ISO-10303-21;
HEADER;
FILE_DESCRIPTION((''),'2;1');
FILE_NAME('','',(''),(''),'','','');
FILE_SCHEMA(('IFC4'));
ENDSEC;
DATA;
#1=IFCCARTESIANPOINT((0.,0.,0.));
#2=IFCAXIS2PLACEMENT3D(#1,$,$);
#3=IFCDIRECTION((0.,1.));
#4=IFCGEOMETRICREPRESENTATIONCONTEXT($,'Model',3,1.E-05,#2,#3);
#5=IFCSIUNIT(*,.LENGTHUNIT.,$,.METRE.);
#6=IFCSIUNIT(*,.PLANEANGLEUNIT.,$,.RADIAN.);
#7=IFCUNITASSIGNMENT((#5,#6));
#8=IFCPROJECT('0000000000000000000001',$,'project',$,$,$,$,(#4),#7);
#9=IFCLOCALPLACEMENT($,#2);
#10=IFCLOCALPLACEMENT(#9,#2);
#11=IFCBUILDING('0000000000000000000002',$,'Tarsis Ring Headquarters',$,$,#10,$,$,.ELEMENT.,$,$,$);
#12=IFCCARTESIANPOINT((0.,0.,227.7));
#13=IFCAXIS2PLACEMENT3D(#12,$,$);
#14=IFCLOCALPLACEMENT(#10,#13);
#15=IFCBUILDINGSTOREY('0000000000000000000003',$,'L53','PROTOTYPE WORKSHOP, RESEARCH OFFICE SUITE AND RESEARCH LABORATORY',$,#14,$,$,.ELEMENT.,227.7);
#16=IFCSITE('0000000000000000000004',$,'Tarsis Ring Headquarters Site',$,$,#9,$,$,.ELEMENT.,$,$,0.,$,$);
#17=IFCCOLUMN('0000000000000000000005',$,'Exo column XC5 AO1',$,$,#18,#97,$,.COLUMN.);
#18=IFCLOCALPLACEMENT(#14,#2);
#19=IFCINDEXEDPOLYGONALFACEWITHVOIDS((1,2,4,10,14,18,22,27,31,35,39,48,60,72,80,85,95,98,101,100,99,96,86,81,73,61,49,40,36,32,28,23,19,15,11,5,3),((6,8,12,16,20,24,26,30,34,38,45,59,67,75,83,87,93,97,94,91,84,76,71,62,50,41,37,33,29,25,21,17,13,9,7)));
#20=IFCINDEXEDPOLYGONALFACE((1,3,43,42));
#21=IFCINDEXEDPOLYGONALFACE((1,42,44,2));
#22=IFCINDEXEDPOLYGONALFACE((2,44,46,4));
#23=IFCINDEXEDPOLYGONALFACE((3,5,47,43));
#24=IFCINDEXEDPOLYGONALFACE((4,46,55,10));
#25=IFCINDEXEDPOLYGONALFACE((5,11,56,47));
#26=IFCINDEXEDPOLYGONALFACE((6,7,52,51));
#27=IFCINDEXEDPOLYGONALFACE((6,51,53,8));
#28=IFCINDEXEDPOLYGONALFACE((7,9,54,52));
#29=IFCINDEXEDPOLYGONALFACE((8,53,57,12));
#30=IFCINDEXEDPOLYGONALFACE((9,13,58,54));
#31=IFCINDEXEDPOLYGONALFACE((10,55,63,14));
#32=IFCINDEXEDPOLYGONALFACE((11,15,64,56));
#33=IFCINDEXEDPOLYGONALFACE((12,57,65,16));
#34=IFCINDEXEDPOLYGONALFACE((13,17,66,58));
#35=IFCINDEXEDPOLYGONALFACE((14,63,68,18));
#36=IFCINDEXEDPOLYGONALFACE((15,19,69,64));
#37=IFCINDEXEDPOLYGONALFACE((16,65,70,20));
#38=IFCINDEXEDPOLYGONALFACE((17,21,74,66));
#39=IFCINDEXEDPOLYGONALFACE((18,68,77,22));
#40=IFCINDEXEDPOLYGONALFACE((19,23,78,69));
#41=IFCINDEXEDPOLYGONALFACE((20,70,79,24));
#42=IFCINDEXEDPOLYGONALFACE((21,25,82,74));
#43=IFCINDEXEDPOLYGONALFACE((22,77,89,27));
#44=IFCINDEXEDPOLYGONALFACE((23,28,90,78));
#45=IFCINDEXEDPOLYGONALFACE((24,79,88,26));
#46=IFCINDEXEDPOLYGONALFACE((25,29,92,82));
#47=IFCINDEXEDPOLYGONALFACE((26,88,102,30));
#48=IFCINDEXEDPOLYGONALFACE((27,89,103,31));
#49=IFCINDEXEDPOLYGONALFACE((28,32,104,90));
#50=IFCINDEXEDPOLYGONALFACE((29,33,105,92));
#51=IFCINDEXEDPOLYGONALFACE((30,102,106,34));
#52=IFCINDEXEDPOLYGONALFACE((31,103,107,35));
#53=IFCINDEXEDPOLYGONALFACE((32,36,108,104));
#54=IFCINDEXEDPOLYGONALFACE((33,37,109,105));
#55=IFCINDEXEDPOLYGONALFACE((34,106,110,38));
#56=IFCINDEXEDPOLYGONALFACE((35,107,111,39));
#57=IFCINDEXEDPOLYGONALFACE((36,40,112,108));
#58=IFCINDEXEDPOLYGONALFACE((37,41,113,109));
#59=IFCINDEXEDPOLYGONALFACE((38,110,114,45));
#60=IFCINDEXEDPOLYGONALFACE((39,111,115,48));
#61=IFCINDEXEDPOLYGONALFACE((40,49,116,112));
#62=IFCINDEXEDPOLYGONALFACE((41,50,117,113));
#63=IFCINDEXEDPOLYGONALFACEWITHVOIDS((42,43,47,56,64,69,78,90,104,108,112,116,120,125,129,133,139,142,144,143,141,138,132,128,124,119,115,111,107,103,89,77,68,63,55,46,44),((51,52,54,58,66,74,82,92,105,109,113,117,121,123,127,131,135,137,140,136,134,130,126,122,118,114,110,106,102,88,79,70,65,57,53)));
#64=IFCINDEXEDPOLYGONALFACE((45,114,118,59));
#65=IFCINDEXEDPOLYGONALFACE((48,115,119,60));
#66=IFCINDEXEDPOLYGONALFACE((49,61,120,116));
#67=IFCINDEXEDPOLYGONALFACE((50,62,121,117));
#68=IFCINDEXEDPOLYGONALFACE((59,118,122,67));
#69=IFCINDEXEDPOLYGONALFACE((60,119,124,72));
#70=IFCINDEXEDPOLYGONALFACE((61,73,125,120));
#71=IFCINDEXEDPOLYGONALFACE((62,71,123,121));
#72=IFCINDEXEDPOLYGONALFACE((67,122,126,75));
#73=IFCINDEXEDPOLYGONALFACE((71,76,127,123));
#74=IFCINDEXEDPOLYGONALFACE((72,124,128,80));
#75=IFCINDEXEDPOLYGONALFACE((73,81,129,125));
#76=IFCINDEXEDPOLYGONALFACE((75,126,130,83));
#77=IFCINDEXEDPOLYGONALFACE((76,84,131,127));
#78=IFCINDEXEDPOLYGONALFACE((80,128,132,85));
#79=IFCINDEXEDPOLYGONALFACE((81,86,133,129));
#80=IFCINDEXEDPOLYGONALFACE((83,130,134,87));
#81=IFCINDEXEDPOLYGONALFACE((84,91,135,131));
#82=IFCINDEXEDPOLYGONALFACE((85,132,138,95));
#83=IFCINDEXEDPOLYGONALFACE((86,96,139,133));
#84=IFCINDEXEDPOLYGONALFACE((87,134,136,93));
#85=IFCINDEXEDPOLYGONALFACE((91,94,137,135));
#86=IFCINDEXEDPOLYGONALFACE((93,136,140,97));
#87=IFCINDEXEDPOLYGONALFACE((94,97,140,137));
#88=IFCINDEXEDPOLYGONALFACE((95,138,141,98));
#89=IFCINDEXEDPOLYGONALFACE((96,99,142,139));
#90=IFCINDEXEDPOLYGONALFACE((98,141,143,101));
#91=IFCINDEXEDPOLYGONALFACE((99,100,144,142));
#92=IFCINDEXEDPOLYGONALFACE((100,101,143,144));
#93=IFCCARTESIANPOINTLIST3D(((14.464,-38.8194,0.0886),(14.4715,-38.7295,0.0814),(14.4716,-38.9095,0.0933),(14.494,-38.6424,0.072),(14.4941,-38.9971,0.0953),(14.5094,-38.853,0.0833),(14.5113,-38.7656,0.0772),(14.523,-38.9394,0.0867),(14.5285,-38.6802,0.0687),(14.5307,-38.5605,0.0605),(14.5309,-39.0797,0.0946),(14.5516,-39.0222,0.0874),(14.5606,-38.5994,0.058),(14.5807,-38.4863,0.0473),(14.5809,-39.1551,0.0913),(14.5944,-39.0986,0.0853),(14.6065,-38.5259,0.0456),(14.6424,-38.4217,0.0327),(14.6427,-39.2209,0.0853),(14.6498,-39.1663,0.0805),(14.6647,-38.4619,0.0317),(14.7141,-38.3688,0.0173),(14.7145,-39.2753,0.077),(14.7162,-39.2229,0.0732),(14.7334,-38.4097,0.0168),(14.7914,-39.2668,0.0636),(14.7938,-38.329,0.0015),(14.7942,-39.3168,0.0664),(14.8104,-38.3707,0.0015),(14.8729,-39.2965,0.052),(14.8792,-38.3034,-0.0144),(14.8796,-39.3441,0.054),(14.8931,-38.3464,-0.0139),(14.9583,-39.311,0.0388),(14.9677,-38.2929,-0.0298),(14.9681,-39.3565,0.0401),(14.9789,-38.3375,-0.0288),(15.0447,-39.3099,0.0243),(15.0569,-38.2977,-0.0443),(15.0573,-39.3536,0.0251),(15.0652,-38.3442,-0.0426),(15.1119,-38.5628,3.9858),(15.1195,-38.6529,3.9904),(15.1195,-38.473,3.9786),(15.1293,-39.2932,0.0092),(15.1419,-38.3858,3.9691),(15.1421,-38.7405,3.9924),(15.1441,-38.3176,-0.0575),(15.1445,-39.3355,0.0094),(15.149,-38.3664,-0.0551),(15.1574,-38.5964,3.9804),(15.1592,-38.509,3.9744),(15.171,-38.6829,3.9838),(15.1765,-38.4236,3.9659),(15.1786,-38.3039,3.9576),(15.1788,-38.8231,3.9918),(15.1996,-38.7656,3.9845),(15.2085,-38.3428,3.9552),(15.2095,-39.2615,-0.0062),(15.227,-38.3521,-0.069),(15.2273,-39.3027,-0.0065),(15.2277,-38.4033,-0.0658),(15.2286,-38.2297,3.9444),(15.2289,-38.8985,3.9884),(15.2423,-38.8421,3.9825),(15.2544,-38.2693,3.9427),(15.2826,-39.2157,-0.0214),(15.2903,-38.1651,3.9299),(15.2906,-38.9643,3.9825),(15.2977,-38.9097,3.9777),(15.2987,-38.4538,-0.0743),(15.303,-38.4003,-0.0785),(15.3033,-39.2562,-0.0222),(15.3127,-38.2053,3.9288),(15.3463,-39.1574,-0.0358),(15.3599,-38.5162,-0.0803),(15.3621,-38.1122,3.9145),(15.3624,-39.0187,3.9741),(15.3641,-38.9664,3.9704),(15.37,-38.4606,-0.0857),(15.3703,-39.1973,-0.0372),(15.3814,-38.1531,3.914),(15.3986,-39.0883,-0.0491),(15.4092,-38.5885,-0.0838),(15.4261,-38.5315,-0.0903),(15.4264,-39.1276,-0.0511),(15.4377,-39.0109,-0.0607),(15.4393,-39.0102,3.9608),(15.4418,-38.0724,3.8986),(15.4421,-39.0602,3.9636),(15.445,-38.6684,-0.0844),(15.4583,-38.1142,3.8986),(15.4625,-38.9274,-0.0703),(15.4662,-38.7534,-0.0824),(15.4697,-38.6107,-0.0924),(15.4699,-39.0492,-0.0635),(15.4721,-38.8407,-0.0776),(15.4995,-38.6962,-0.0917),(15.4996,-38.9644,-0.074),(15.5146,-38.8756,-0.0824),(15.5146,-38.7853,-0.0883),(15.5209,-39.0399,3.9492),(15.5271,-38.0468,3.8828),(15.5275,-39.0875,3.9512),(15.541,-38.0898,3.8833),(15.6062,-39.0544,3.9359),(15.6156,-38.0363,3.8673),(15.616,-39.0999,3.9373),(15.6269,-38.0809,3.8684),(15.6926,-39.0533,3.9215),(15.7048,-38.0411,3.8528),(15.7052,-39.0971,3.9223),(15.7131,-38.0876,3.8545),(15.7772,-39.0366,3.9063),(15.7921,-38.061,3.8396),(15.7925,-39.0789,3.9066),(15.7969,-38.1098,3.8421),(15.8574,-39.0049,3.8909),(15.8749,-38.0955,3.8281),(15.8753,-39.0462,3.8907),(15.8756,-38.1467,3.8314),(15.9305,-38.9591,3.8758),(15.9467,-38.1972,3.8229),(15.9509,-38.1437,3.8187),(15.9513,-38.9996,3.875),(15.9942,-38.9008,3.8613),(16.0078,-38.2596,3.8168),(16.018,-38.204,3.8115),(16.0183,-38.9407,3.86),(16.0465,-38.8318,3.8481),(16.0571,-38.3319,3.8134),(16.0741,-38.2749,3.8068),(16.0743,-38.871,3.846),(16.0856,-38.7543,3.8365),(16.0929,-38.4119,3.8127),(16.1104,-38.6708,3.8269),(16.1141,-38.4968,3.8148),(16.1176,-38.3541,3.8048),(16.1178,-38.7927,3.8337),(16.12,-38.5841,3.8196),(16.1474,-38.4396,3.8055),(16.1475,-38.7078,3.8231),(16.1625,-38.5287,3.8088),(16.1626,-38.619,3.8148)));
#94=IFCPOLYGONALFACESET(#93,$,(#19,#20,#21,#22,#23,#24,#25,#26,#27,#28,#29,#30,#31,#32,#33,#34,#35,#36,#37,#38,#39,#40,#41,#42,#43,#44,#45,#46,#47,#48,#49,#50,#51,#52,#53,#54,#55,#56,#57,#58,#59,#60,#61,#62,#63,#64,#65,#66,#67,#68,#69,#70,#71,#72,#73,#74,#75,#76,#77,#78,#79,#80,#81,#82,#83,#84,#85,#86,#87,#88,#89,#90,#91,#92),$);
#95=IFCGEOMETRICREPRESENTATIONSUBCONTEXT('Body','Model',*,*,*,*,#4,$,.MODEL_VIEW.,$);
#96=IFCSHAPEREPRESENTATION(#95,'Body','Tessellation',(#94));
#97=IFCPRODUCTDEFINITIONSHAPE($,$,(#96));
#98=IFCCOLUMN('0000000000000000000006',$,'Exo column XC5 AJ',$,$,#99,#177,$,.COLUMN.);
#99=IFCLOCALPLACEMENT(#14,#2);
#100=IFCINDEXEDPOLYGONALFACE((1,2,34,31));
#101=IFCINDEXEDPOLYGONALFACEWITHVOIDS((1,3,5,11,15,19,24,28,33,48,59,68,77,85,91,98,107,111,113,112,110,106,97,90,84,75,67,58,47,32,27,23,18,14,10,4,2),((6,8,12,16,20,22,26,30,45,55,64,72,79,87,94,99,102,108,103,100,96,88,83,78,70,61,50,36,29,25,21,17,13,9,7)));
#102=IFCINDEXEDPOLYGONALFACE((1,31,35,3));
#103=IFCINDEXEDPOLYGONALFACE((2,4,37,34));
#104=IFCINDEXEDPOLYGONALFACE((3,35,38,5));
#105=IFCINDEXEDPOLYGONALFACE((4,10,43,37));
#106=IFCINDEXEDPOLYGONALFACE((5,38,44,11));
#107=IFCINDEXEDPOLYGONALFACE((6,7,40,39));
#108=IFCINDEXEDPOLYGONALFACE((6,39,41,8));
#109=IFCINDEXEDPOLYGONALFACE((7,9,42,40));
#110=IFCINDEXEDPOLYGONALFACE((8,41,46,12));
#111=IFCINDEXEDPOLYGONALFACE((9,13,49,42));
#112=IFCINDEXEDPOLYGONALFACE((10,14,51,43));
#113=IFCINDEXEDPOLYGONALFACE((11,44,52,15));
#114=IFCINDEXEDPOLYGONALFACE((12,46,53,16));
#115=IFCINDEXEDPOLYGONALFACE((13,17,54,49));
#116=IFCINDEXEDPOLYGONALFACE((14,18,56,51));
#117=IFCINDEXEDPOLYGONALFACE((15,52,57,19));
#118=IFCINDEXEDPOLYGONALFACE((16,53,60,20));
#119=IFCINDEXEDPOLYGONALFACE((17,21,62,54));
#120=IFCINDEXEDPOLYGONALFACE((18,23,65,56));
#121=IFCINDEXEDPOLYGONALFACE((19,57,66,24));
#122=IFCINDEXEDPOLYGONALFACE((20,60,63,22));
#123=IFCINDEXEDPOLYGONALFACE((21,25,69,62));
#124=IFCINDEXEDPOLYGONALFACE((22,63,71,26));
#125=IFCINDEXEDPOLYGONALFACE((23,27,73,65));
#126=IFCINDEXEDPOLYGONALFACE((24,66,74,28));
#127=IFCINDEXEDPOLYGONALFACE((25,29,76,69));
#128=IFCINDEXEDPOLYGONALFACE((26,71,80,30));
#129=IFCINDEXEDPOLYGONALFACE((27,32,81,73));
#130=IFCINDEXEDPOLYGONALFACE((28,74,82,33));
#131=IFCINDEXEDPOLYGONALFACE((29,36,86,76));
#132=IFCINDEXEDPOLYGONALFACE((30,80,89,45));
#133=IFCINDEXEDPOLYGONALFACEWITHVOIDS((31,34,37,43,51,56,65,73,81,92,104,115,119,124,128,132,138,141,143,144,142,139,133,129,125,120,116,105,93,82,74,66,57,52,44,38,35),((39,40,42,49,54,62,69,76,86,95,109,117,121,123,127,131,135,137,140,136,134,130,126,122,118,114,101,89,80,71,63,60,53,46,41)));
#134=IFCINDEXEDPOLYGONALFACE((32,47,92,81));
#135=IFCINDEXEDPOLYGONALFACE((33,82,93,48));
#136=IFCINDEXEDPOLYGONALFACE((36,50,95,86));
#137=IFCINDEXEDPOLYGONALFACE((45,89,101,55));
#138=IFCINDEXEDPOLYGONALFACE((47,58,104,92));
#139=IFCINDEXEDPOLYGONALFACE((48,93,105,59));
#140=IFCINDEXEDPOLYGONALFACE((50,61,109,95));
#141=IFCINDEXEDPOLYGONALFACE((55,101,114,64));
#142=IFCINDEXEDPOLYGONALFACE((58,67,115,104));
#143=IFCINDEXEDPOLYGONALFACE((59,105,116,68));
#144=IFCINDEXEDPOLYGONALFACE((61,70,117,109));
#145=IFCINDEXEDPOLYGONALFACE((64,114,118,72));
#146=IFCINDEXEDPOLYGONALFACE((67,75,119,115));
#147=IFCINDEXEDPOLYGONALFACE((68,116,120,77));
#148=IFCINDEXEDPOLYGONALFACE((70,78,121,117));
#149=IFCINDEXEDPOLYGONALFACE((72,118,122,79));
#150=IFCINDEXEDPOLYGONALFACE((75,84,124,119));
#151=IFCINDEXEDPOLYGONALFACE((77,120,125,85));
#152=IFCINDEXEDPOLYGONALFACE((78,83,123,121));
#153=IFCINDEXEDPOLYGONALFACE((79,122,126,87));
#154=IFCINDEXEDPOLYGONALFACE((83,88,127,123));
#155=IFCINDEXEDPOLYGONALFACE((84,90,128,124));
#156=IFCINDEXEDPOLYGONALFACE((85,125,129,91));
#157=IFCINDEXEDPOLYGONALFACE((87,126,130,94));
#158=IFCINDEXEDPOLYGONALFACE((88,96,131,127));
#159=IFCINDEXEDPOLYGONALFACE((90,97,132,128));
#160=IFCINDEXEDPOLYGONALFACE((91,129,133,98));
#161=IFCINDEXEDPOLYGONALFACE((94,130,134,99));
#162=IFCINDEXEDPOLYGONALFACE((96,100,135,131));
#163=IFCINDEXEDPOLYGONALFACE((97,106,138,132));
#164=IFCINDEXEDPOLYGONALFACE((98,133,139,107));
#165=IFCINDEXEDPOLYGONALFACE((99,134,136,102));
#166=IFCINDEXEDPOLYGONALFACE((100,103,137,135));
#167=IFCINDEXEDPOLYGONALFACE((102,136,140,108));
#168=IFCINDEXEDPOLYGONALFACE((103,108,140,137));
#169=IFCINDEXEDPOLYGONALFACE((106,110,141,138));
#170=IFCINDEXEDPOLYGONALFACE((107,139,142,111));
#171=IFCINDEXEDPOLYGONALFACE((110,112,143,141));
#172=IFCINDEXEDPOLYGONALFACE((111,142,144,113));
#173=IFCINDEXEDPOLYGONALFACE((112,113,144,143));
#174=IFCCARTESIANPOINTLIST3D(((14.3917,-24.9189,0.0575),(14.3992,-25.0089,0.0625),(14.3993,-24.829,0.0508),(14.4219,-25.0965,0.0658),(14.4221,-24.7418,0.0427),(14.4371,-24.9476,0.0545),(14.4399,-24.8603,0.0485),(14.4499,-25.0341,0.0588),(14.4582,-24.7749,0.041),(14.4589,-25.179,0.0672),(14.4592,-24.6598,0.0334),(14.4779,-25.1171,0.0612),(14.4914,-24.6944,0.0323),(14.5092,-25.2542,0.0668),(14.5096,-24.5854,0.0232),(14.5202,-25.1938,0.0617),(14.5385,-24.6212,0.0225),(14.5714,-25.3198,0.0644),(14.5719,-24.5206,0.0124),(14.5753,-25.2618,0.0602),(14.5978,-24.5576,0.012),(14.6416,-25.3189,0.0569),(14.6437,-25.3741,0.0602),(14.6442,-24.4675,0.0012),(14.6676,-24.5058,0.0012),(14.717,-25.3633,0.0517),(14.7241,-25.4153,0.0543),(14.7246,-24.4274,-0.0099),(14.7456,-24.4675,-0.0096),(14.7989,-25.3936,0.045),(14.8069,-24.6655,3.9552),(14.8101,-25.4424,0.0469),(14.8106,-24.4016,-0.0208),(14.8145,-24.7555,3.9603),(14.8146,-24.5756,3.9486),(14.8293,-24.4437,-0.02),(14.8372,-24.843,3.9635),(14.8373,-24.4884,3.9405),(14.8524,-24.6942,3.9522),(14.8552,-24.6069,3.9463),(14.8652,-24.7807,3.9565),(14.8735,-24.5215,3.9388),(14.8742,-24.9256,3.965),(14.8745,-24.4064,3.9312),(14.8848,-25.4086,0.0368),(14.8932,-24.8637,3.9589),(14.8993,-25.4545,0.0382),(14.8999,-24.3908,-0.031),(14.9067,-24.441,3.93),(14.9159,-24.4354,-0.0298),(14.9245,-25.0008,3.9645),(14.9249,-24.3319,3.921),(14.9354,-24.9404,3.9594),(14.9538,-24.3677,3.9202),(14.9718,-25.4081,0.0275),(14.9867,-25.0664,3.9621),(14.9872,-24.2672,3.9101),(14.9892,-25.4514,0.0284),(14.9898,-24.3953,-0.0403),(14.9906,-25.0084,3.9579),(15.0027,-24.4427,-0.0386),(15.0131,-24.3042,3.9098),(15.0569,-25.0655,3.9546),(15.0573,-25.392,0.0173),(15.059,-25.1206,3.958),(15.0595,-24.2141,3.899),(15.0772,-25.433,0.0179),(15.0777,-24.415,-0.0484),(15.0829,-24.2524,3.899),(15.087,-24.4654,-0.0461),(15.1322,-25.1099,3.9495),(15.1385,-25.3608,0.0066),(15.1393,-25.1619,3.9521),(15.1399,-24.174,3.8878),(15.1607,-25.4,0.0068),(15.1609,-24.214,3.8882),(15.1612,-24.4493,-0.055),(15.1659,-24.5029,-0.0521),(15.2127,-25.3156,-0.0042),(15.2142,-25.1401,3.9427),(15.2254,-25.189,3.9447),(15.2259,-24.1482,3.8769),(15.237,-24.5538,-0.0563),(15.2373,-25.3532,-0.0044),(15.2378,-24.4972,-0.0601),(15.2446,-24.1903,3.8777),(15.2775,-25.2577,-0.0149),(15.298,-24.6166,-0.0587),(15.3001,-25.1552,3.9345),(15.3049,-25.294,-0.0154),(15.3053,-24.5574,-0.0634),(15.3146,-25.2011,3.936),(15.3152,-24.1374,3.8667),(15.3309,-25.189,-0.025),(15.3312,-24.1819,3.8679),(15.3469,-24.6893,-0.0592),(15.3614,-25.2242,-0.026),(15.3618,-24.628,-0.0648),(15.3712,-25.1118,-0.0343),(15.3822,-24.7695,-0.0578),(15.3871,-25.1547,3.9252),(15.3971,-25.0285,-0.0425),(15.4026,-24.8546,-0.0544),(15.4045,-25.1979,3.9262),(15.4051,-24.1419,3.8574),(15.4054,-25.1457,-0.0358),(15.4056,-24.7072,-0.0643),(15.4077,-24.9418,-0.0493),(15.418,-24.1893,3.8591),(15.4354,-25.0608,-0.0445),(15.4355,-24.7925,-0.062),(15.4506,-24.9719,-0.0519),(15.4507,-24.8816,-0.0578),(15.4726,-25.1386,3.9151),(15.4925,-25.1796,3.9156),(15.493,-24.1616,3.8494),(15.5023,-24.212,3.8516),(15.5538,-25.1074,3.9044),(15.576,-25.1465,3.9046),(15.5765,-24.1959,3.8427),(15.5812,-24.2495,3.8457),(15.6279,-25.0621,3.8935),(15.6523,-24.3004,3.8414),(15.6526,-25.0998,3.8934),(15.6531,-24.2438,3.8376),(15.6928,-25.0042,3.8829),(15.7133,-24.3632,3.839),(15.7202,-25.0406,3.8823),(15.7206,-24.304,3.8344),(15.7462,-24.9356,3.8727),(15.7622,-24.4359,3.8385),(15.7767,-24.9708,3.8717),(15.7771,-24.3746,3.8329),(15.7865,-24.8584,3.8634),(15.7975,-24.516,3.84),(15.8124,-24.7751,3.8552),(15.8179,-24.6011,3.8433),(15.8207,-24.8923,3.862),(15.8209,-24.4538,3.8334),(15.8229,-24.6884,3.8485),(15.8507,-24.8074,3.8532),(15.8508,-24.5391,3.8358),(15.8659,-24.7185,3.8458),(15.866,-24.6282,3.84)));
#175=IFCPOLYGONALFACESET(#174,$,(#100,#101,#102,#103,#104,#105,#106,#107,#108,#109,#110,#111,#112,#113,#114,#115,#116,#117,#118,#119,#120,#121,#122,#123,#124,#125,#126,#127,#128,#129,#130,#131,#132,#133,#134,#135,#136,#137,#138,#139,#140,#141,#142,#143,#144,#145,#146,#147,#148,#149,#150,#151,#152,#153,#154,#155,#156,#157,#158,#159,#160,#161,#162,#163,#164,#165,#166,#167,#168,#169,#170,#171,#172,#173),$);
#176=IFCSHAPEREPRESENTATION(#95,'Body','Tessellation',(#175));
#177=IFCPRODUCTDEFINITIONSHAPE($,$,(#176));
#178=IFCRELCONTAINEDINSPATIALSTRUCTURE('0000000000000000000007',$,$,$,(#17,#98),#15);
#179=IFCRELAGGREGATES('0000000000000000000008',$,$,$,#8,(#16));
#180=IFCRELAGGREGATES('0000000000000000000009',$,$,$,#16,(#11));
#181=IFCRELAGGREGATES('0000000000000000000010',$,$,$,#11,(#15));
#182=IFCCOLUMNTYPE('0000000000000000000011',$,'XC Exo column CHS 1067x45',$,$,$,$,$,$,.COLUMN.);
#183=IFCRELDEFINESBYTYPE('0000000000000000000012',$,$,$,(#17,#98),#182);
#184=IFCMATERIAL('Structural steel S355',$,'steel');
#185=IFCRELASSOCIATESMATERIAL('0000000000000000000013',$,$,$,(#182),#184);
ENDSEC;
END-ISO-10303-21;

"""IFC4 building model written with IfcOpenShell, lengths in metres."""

from ifc_helpers import new_model, si_unit, direction, frame, origin, origin_2d, place, context, subcontext, project, spatial, hollow_circle, extrude, material, material_profile, profile_set, type_object, element, save


model = new_model("IFC4")

# Units and contexts
model_context = context("Model", 3, precision=1e-05, world=origin(), true_north=direction((0.0, 1.0)))
body_context = subcontext(model_context, "Body", "Model", "MODEL_VIEW")
ifc_project = project(units=[si_unit("LENGTHUNIT", "METRE"), si_unit("PLANEANGLEUNIT", "RADIAN")], contexts=[model_context])

# Site, building, storey
site_placement = place(None, origin())
site = spatial("IfcSite", under=ifc_project, at=site_placement, Name="Tarsis Ring Headquarters Site", CompositionType="ELEMENT", RefElevation=0.0)
building_placement = place(site_placement, origin())
building = spatial("IfcBuilding", under=site, at=building_placement, Name="Tarsis Ring Headquarters", CompositionType="ELEMENT")
storey_placement = place(building_placement, frame((0.0, 0.0, 227.7)))
storey = spatial("IfcBuildingStorey", under=building, at=storey_placement, Name="L53", Description="PROTOTYPE WORKSHOP, RESEARCH OFFICE SUITE AND RESEARCH LABORATORY", CompositionType="ELEMENT", Elevation=227.7)

# Columns
ifc_material_1 = material(Name="Structural steel S355", Category="steel")
ifc_material_profile_1 = material_profile(ifc_material_1, hollow_circle(Radius=0.5334, WallThickness=0.0449, at=origin_2d()), Name="CHS 1067x45")
ifc_profile_set_1 = profile_set([ifc_material_profile_1], Name="Structural steel S355")
column_type = type_object("IfcColumnType", Name="XC Exo column CHS 1067x45", PredefinedType="COLUMN", material=ifc_profile_set_1)
column_placement = place(storey_placement, frame((14.9902, -38.825, 0.0015), z_axis=(0.163663, 0.064812, 0.984385), x_axis=(-0.368187, 0.929752, 0.0)))
element("IfcColumn", 1, at=column_placement, inside=storey, type_object=column_type, Name="Exo column XC5 AO1", PredefinedType="COLUMN", context=body_context, shape_type="SweptSolid", body=[
    extrude(hollow_circle(Radius=0.5334, WallThickness=0.0449, at=origin_2d()), origin(), (0.0, 0.0, 1.0), 3.959),
])
for number, where, z_axis, x_axis, name in (
    (2, (14.9221, -24.9229, 0.0012), (0.105725, 0.064517, 0.9923), (-0.520902, 0.853617, 0.0), "Exo column XC5 AJ"),
):
    element("IfcColumn", number, at=place(storey_placement, frame(where, z_axis=z_axis, x_axis=x_axis)), inside=storey, type_object=column_type, Name=name, PredefinedType="COLUMN", context=body_context, shape_type="SweptSolid", body=[
        extrude(hollow_circle(Radius=0.5334, WallThickness=0.0449, at=origin_2d()), origin(), (0.0, 0.0, 1.0), 3.928),
    ])

save(model, "model.ifc")
